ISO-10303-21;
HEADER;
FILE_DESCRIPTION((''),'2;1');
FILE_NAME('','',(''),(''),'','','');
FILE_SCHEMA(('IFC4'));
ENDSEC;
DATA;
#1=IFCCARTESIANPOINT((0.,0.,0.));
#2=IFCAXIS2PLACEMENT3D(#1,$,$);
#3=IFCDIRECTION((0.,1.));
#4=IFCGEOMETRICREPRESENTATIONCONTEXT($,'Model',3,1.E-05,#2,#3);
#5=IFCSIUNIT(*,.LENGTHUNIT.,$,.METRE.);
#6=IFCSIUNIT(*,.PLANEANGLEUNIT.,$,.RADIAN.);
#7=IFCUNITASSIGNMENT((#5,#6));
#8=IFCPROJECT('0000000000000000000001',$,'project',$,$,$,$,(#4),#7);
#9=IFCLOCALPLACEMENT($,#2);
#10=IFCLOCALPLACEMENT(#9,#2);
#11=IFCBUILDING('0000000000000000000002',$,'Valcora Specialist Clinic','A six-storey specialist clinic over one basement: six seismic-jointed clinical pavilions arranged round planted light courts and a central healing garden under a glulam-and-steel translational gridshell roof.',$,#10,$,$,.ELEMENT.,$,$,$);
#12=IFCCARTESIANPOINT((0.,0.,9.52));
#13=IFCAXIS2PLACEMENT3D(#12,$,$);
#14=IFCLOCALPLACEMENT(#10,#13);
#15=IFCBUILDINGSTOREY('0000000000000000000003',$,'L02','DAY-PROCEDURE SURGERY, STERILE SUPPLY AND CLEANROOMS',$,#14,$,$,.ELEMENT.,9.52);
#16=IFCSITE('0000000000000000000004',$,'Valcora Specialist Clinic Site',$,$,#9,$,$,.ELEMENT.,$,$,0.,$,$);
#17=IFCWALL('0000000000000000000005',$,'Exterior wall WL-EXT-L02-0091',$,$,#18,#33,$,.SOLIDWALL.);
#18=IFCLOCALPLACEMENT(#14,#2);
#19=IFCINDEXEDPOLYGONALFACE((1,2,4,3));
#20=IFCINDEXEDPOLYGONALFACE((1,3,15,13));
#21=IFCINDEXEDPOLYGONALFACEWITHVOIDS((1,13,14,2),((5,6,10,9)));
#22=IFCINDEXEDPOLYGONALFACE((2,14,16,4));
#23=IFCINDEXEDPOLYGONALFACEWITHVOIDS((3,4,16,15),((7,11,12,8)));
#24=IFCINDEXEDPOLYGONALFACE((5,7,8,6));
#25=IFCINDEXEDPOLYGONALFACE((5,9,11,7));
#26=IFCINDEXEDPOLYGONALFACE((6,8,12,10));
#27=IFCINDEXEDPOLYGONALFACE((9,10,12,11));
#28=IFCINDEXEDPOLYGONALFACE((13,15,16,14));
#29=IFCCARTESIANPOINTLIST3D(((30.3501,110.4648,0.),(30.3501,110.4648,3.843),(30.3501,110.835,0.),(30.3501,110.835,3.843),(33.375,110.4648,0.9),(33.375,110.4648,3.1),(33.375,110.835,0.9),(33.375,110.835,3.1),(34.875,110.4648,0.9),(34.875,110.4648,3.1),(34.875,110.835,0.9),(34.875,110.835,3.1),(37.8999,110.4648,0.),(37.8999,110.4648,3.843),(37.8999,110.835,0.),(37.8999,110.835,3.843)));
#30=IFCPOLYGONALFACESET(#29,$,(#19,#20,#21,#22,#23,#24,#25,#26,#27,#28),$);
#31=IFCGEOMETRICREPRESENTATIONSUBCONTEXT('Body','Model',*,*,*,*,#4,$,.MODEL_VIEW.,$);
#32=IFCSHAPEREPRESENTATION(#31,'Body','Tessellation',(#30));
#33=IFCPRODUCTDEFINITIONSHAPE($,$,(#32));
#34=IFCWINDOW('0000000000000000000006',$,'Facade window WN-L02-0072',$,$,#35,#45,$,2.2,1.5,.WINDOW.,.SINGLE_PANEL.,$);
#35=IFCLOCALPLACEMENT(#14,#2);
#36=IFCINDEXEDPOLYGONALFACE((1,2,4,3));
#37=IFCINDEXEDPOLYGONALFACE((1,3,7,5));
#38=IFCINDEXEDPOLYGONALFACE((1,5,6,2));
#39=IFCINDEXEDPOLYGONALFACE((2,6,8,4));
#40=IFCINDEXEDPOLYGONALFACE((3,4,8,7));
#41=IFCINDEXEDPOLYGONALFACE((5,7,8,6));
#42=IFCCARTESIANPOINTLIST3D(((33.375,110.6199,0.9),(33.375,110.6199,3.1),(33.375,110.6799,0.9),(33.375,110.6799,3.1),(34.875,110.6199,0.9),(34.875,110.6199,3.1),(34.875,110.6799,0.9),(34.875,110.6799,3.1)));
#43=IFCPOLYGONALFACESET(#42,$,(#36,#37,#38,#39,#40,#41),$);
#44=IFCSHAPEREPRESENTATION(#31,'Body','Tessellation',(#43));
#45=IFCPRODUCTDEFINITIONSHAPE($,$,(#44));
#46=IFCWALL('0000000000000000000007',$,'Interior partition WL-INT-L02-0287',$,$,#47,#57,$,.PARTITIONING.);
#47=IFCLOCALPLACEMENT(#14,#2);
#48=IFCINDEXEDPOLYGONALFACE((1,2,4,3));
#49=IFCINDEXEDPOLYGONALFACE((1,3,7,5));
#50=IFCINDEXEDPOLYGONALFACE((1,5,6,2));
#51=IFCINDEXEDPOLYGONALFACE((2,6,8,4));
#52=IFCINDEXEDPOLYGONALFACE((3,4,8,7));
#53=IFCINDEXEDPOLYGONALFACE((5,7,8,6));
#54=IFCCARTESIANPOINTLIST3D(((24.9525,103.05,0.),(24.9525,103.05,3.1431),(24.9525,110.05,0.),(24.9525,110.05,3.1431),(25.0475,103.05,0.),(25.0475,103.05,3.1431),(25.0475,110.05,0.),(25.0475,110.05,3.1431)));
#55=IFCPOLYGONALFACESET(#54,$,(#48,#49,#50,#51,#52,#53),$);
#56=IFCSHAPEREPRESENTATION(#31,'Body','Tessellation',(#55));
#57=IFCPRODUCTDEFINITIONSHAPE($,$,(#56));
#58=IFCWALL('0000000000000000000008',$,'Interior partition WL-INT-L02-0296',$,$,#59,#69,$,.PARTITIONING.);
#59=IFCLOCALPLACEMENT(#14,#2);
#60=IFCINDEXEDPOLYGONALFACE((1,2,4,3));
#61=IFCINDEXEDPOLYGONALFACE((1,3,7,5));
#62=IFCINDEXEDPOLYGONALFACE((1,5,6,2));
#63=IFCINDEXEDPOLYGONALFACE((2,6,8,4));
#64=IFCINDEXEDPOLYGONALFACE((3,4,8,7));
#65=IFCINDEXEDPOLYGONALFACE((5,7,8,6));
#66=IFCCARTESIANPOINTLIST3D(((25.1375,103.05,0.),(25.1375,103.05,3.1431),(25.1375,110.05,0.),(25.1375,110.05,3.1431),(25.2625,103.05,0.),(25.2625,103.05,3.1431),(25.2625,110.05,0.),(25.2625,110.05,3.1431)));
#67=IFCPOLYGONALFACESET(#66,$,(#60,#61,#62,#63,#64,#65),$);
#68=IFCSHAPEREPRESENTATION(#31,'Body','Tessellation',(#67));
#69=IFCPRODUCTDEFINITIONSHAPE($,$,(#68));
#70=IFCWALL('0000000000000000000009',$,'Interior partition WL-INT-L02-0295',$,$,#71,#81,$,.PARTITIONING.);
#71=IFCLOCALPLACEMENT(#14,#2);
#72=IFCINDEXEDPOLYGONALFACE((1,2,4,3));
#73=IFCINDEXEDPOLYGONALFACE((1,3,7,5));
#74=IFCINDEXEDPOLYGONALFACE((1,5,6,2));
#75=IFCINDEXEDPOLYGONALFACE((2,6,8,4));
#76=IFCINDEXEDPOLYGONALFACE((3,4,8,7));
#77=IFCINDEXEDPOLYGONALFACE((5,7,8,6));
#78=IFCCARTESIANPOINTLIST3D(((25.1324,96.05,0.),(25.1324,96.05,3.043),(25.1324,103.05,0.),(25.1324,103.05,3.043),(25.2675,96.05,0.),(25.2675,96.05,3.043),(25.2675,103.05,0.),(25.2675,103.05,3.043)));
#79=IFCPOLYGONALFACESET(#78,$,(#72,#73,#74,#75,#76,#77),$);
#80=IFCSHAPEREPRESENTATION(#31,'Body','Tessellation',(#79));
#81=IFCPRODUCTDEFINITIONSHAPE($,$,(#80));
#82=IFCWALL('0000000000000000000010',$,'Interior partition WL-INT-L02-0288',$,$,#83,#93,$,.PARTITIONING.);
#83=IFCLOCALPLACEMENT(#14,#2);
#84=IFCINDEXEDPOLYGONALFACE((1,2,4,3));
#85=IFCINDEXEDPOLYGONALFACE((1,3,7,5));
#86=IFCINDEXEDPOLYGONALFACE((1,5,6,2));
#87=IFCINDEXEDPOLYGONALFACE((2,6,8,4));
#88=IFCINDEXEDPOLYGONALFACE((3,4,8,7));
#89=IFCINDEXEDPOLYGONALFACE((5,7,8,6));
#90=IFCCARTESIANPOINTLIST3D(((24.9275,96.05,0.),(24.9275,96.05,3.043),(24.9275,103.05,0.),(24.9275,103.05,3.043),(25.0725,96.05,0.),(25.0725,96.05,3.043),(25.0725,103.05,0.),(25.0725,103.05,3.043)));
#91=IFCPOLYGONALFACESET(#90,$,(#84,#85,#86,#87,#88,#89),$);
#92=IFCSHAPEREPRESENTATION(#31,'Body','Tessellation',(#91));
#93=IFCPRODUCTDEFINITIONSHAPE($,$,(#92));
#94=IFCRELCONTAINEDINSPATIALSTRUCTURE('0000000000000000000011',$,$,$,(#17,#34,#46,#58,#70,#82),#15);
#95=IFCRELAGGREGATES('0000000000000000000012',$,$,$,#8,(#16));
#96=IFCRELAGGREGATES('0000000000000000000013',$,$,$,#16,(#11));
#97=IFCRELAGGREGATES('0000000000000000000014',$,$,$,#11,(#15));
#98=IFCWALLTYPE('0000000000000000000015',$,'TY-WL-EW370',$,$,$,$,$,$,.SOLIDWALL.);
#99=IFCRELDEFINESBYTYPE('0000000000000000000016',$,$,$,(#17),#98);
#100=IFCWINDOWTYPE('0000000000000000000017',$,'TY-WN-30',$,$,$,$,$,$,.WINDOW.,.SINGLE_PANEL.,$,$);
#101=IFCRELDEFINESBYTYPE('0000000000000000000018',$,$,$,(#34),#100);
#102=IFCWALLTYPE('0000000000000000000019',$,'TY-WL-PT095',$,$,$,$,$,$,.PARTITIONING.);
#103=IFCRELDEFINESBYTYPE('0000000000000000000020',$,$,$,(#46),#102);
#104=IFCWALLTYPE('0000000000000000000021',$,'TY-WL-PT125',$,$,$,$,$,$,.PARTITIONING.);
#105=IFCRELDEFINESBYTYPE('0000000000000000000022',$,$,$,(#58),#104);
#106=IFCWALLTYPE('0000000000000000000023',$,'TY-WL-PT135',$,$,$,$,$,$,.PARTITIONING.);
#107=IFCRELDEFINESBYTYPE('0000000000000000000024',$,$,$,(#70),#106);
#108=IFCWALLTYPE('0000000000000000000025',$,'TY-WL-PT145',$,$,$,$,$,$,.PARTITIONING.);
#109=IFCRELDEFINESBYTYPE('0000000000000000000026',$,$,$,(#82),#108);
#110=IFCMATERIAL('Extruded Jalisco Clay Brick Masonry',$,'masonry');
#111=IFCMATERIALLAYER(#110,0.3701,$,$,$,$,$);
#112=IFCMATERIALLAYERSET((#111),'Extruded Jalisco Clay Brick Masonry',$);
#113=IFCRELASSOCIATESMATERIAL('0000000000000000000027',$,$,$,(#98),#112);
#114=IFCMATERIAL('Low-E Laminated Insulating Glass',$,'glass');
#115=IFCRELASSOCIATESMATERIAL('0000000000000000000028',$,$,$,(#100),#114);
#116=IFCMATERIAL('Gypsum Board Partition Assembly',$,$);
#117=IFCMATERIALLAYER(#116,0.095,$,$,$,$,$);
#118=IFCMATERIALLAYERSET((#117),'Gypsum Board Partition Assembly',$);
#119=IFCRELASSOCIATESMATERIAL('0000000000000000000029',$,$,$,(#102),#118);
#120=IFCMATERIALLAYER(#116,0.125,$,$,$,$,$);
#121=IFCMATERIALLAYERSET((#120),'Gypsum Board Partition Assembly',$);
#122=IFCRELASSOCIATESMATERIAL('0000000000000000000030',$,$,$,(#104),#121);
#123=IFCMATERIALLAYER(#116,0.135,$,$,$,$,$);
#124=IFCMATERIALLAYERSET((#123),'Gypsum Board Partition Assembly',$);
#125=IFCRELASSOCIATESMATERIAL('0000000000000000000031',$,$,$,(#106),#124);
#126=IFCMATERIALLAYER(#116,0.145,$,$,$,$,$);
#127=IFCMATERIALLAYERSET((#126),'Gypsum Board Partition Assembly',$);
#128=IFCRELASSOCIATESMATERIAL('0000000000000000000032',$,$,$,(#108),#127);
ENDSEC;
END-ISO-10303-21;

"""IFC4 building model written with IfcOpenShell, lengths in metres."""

from ifc_helpers import new_model, si_unit, direction, frame, frame_2d, origin, place, context, subcontext, project, spatial, rectangle, extrude, material, layer, layer_set, type_object, element, fill, save


model = new_model("IFC4")

# Units and contexts
model_context = context("Model", 3, precision=1e-05, world=origin(), true_north=direction((0.0, 1.0)))
body_context = subcontext(model_context, "Body", "Model", "MODEL_VIEW")
ifc_project = project(units=[si_unit("LENGTHUNIT", "METRE"), si_unit("PLANEANGLEUNIT", "RADIAN")], contexts=[model_context])

# Site, building, storey
site_placement = place(None, origin())
site = spatial("IfcSite", under=ifc_project, at=site_placement, Name="Valcora Specialist Clinic Site", CompositionType="ELEMENT", RefElevation=0.0)
building_placement = place(site_placement, origin())
building = spatial("IfcBuilding", under=site, at=building_placement, Name="Valcora Specialist Clinic", Description="A six-storey specialist clinic over one basement: six seismic-jointed clinical pavilions arranged round planted light courts and a central healing garden under a glulam-and-steel translational gridshell roof.", CompositionType="ELEMENT")
storey_placement = place(building_placement, frame((0.0, 0.0, 9.52)))
storey = spatial("IfcBuildingStorey", under=building, at=storey_placement, Name="L02", Description="DAY-PROCEDURE SURGERY, STERILE SUPPLY AND CLEANROOMS", CompositionType="ELEMENT", Elevation=9.52)

# Wall, opening, window
ifc_material_1 = material(Name="Extruded Jalisco Clay Brick Masonry", Category="masonry")
ifc_material_2 = material(Name="Low-E Laminated Insulating Glass", Category="glass")
ifc_layer_1 = layer(ifc_material_1, 0.3701)
ifc_layer_set_1 = layer_set([ifc_layer_1], Name="Extruded Jalisco Clay Brick Masonry")
wall_type_1 = type_object("IfcWallType", Name="TY-WL-EW370", PredefinedType="SOLIDWALL", material=ifc_layer_set_1)
wall_1_placement = place(storey_placement, frame((30.3501, 110.6499, 0.0), z_axis=(0.0, 0.0, 1.0), x_axis=(1.0, 0.0, 0.0)))
wall_1 = element("IfcWall", 1, at=wall_1_placement, inside=storey, type_object=wall_type_1, Name="Exterior wall WL-EXT-L02-0091", PredefinedType="SOLIDWALL", context=body_context, shape_type="SweptSolid", body=[
    extrude(rectangle(XDim=7.5498, YDim=0.3701, at=frame_2d((3.7749, 0.0))), origin(), (0.0, 0.0, 1.0), 3.843),
])
opening_1_placement = place(wall_1_placement, frame((3.0249, 0.0, 0.8999)))
opening_1 = element("IfcOpeningElement", 2, at=opening_1_placement, cuts=wall_1, PredefinedType="OPENING", context=body_context, shape_type="SweptSolid", body=[
    extrude(rectangle(XDim=1.5, YDim=2.2, at=frame_2d((0.75, 1.1001))), frame((0.0, 0.1951, 0.0), z_axis=(0.0, -1.0, 0.0), x_axis=(1.0, 0.0, 0.0)), (0.0, 0.0, 1.0), 0.3901),
])
window_type_1 = type_object("IfcWindowType", Name="TY-WN-30", PartitioningType="SINGLE_PANEL", PredefinedType="WINDOW", material=ifc_material_2)
window_1_placement = place(opening_1_placement, origin())
window_1 = element("IfcWindow", 3, at=window_1_placement, inside=storey, type_object=window_type_1, Name="Facade window WN-L02-0072", OverallHeight=2.2, OverallWidth=1.5, PartitioningType="SINGLE_PANEL", PredefinedType="WINDOW", context=body_context, shape_type="SweptSolid", body=[
    extrude(rectangle(XDim=1.5, YDim=2.2, at=frame_2d((0.75, 1.1001))), frame((0.0, 0.03, 0.0), z_axis=(0.0, -1.0, 0.0), x_axis=(1.0, 0.0, 0.0)), (0.0, 0.0, 1.0), 0.0601),
])
fill(opening_1, window_1)

# Walls
ifc_material_3 = material(Name="Gypsum Board Partition Assembly")
ifc_layer_2 = layer(ifc_material_3, 0.095)
ifc_layer_set_2 = layer_set([ifc_layer_2], Name="Gypsum Board Partition Assembly")
wall_type_2 = type_object("IfcWallType", Name="TY-WL-PT095", PredefinedType="PARTITIONING", material=ifc_layer_set_2)
wall_2_placement = place(storey_placement, frame((25.0, 110.05, 0.0), z_axis=(0.0, 0.0, 1.0), x_axis=(0.0, -1.0, 0.0)))
element("IfcWall", 4, at=wall_2_placement, inside=storey, type_object=wall_type_2, Name="Interior partition WL-INT-L02-0287", PredefinedType="PARTITIONING", context=body_context, shape_type="SweptSolid", body=[
    extrude(rectangle(XDim=7.0, YDim=0.095, at=frame_2d((3.5, 0.0))), origin(), (0.0, 0.0, 1.0), 3.1431),
])
ifc_layer_3 = layer(ifc_material_3, 0.125)
ifc_layer_set_3 = layer_set([ifc_layer_3], Name="Gypsum Board Partition Assembly")
wall_type_3 = type_object("IfcWallType", Name="TY-WL-PT125", PredefinedType="PARTITIONING", material=ifc_layer_set_3)
wall_3_placement = place(storey_placement, frame((25.2, 103.05, 0.0), z_axis=(0.0, 0.0, 1.0), x_axis=(0.0, 1.0, 0.0)))
element("IfcWall", 5, at=wall_3_placement, inside=storey, type_object=wall_type_3, Name="Interior partition WL-INT-L02-0296", PredefinedType="PARTITIONING", context=body_context, shape_type="SweptSolid", body=[
    extrude(rectangle(XDim=7.0, YDim=0.125, at=frame_2d((3.5, 0.0))), origin(), (0.0, 0.0, 1.0), 3.1431),
])
ifc_layer_4 = layer(ifc_material_3, 0.135)
ifc_layer_set_4 = layer_set([ifc_layer_4], Name="Gypsum Board Partition Assembly")
wall_type_4 = type_object("IfcWallType", Name="TY-WL-PT135", PredefinedType="PARTITIONING", material=ifc_layer_set_4)
wall_4_placement = place(storey_placement, frame((25.2, 96.05, 0.0), z_axis=(0.0, 0.0, 1.0), x_axis=(0.0, 1.0, 0.0)))
element("IfcWall", 6, at=wall_4_placement, inside=storey, type_object=wall_type_4, Name="Interior partition WL-INT-L02-0295", PredefinedType="PARTITIONING", context=body_context, shape_type="SweptSolid", body=[
    extrude(rectangle(XDim=7.0, YDim=0.135, at=frame_2d((3.5, 0.0))), origin(), (0.0, 0.0, 1.0), 3.043),
])
ifc_layer_5 = layer(ifc_material_3, 0.145)
ifc_layer_set_5 = layer_set([ifc_layer_5], Name="Gypsum Board Partition Assembly")
wall_type_5 = type_object("IfcWallType", Name="TY-WL-PT145", PredefinedType="PARTITIONING", material=ifc_layer_set_5)
wall_5_placement = place(storey_placement, frame((25.0, 103.05, 0.0), z_axis=(0.0, 0.0, 1.0), x_axis=(0.0, -1.0, 0.0)))
element("IfcWall", 7, at=wall_5_placement, inside=storey, type_object=wall_type_5, Name="Interior partition WL-INT-L02-0288", PredefinedType="PARTITIONING", context=body_context, shape_type="SweptSolid", body=[
    extrude(rectangle(XDim=7.0, YDim=0.145, at=frame_2d((3.5, 0.0))), origin(), (0.0, 0.0, 1.0), 3.043),
])

save(model, "model.ifc")
